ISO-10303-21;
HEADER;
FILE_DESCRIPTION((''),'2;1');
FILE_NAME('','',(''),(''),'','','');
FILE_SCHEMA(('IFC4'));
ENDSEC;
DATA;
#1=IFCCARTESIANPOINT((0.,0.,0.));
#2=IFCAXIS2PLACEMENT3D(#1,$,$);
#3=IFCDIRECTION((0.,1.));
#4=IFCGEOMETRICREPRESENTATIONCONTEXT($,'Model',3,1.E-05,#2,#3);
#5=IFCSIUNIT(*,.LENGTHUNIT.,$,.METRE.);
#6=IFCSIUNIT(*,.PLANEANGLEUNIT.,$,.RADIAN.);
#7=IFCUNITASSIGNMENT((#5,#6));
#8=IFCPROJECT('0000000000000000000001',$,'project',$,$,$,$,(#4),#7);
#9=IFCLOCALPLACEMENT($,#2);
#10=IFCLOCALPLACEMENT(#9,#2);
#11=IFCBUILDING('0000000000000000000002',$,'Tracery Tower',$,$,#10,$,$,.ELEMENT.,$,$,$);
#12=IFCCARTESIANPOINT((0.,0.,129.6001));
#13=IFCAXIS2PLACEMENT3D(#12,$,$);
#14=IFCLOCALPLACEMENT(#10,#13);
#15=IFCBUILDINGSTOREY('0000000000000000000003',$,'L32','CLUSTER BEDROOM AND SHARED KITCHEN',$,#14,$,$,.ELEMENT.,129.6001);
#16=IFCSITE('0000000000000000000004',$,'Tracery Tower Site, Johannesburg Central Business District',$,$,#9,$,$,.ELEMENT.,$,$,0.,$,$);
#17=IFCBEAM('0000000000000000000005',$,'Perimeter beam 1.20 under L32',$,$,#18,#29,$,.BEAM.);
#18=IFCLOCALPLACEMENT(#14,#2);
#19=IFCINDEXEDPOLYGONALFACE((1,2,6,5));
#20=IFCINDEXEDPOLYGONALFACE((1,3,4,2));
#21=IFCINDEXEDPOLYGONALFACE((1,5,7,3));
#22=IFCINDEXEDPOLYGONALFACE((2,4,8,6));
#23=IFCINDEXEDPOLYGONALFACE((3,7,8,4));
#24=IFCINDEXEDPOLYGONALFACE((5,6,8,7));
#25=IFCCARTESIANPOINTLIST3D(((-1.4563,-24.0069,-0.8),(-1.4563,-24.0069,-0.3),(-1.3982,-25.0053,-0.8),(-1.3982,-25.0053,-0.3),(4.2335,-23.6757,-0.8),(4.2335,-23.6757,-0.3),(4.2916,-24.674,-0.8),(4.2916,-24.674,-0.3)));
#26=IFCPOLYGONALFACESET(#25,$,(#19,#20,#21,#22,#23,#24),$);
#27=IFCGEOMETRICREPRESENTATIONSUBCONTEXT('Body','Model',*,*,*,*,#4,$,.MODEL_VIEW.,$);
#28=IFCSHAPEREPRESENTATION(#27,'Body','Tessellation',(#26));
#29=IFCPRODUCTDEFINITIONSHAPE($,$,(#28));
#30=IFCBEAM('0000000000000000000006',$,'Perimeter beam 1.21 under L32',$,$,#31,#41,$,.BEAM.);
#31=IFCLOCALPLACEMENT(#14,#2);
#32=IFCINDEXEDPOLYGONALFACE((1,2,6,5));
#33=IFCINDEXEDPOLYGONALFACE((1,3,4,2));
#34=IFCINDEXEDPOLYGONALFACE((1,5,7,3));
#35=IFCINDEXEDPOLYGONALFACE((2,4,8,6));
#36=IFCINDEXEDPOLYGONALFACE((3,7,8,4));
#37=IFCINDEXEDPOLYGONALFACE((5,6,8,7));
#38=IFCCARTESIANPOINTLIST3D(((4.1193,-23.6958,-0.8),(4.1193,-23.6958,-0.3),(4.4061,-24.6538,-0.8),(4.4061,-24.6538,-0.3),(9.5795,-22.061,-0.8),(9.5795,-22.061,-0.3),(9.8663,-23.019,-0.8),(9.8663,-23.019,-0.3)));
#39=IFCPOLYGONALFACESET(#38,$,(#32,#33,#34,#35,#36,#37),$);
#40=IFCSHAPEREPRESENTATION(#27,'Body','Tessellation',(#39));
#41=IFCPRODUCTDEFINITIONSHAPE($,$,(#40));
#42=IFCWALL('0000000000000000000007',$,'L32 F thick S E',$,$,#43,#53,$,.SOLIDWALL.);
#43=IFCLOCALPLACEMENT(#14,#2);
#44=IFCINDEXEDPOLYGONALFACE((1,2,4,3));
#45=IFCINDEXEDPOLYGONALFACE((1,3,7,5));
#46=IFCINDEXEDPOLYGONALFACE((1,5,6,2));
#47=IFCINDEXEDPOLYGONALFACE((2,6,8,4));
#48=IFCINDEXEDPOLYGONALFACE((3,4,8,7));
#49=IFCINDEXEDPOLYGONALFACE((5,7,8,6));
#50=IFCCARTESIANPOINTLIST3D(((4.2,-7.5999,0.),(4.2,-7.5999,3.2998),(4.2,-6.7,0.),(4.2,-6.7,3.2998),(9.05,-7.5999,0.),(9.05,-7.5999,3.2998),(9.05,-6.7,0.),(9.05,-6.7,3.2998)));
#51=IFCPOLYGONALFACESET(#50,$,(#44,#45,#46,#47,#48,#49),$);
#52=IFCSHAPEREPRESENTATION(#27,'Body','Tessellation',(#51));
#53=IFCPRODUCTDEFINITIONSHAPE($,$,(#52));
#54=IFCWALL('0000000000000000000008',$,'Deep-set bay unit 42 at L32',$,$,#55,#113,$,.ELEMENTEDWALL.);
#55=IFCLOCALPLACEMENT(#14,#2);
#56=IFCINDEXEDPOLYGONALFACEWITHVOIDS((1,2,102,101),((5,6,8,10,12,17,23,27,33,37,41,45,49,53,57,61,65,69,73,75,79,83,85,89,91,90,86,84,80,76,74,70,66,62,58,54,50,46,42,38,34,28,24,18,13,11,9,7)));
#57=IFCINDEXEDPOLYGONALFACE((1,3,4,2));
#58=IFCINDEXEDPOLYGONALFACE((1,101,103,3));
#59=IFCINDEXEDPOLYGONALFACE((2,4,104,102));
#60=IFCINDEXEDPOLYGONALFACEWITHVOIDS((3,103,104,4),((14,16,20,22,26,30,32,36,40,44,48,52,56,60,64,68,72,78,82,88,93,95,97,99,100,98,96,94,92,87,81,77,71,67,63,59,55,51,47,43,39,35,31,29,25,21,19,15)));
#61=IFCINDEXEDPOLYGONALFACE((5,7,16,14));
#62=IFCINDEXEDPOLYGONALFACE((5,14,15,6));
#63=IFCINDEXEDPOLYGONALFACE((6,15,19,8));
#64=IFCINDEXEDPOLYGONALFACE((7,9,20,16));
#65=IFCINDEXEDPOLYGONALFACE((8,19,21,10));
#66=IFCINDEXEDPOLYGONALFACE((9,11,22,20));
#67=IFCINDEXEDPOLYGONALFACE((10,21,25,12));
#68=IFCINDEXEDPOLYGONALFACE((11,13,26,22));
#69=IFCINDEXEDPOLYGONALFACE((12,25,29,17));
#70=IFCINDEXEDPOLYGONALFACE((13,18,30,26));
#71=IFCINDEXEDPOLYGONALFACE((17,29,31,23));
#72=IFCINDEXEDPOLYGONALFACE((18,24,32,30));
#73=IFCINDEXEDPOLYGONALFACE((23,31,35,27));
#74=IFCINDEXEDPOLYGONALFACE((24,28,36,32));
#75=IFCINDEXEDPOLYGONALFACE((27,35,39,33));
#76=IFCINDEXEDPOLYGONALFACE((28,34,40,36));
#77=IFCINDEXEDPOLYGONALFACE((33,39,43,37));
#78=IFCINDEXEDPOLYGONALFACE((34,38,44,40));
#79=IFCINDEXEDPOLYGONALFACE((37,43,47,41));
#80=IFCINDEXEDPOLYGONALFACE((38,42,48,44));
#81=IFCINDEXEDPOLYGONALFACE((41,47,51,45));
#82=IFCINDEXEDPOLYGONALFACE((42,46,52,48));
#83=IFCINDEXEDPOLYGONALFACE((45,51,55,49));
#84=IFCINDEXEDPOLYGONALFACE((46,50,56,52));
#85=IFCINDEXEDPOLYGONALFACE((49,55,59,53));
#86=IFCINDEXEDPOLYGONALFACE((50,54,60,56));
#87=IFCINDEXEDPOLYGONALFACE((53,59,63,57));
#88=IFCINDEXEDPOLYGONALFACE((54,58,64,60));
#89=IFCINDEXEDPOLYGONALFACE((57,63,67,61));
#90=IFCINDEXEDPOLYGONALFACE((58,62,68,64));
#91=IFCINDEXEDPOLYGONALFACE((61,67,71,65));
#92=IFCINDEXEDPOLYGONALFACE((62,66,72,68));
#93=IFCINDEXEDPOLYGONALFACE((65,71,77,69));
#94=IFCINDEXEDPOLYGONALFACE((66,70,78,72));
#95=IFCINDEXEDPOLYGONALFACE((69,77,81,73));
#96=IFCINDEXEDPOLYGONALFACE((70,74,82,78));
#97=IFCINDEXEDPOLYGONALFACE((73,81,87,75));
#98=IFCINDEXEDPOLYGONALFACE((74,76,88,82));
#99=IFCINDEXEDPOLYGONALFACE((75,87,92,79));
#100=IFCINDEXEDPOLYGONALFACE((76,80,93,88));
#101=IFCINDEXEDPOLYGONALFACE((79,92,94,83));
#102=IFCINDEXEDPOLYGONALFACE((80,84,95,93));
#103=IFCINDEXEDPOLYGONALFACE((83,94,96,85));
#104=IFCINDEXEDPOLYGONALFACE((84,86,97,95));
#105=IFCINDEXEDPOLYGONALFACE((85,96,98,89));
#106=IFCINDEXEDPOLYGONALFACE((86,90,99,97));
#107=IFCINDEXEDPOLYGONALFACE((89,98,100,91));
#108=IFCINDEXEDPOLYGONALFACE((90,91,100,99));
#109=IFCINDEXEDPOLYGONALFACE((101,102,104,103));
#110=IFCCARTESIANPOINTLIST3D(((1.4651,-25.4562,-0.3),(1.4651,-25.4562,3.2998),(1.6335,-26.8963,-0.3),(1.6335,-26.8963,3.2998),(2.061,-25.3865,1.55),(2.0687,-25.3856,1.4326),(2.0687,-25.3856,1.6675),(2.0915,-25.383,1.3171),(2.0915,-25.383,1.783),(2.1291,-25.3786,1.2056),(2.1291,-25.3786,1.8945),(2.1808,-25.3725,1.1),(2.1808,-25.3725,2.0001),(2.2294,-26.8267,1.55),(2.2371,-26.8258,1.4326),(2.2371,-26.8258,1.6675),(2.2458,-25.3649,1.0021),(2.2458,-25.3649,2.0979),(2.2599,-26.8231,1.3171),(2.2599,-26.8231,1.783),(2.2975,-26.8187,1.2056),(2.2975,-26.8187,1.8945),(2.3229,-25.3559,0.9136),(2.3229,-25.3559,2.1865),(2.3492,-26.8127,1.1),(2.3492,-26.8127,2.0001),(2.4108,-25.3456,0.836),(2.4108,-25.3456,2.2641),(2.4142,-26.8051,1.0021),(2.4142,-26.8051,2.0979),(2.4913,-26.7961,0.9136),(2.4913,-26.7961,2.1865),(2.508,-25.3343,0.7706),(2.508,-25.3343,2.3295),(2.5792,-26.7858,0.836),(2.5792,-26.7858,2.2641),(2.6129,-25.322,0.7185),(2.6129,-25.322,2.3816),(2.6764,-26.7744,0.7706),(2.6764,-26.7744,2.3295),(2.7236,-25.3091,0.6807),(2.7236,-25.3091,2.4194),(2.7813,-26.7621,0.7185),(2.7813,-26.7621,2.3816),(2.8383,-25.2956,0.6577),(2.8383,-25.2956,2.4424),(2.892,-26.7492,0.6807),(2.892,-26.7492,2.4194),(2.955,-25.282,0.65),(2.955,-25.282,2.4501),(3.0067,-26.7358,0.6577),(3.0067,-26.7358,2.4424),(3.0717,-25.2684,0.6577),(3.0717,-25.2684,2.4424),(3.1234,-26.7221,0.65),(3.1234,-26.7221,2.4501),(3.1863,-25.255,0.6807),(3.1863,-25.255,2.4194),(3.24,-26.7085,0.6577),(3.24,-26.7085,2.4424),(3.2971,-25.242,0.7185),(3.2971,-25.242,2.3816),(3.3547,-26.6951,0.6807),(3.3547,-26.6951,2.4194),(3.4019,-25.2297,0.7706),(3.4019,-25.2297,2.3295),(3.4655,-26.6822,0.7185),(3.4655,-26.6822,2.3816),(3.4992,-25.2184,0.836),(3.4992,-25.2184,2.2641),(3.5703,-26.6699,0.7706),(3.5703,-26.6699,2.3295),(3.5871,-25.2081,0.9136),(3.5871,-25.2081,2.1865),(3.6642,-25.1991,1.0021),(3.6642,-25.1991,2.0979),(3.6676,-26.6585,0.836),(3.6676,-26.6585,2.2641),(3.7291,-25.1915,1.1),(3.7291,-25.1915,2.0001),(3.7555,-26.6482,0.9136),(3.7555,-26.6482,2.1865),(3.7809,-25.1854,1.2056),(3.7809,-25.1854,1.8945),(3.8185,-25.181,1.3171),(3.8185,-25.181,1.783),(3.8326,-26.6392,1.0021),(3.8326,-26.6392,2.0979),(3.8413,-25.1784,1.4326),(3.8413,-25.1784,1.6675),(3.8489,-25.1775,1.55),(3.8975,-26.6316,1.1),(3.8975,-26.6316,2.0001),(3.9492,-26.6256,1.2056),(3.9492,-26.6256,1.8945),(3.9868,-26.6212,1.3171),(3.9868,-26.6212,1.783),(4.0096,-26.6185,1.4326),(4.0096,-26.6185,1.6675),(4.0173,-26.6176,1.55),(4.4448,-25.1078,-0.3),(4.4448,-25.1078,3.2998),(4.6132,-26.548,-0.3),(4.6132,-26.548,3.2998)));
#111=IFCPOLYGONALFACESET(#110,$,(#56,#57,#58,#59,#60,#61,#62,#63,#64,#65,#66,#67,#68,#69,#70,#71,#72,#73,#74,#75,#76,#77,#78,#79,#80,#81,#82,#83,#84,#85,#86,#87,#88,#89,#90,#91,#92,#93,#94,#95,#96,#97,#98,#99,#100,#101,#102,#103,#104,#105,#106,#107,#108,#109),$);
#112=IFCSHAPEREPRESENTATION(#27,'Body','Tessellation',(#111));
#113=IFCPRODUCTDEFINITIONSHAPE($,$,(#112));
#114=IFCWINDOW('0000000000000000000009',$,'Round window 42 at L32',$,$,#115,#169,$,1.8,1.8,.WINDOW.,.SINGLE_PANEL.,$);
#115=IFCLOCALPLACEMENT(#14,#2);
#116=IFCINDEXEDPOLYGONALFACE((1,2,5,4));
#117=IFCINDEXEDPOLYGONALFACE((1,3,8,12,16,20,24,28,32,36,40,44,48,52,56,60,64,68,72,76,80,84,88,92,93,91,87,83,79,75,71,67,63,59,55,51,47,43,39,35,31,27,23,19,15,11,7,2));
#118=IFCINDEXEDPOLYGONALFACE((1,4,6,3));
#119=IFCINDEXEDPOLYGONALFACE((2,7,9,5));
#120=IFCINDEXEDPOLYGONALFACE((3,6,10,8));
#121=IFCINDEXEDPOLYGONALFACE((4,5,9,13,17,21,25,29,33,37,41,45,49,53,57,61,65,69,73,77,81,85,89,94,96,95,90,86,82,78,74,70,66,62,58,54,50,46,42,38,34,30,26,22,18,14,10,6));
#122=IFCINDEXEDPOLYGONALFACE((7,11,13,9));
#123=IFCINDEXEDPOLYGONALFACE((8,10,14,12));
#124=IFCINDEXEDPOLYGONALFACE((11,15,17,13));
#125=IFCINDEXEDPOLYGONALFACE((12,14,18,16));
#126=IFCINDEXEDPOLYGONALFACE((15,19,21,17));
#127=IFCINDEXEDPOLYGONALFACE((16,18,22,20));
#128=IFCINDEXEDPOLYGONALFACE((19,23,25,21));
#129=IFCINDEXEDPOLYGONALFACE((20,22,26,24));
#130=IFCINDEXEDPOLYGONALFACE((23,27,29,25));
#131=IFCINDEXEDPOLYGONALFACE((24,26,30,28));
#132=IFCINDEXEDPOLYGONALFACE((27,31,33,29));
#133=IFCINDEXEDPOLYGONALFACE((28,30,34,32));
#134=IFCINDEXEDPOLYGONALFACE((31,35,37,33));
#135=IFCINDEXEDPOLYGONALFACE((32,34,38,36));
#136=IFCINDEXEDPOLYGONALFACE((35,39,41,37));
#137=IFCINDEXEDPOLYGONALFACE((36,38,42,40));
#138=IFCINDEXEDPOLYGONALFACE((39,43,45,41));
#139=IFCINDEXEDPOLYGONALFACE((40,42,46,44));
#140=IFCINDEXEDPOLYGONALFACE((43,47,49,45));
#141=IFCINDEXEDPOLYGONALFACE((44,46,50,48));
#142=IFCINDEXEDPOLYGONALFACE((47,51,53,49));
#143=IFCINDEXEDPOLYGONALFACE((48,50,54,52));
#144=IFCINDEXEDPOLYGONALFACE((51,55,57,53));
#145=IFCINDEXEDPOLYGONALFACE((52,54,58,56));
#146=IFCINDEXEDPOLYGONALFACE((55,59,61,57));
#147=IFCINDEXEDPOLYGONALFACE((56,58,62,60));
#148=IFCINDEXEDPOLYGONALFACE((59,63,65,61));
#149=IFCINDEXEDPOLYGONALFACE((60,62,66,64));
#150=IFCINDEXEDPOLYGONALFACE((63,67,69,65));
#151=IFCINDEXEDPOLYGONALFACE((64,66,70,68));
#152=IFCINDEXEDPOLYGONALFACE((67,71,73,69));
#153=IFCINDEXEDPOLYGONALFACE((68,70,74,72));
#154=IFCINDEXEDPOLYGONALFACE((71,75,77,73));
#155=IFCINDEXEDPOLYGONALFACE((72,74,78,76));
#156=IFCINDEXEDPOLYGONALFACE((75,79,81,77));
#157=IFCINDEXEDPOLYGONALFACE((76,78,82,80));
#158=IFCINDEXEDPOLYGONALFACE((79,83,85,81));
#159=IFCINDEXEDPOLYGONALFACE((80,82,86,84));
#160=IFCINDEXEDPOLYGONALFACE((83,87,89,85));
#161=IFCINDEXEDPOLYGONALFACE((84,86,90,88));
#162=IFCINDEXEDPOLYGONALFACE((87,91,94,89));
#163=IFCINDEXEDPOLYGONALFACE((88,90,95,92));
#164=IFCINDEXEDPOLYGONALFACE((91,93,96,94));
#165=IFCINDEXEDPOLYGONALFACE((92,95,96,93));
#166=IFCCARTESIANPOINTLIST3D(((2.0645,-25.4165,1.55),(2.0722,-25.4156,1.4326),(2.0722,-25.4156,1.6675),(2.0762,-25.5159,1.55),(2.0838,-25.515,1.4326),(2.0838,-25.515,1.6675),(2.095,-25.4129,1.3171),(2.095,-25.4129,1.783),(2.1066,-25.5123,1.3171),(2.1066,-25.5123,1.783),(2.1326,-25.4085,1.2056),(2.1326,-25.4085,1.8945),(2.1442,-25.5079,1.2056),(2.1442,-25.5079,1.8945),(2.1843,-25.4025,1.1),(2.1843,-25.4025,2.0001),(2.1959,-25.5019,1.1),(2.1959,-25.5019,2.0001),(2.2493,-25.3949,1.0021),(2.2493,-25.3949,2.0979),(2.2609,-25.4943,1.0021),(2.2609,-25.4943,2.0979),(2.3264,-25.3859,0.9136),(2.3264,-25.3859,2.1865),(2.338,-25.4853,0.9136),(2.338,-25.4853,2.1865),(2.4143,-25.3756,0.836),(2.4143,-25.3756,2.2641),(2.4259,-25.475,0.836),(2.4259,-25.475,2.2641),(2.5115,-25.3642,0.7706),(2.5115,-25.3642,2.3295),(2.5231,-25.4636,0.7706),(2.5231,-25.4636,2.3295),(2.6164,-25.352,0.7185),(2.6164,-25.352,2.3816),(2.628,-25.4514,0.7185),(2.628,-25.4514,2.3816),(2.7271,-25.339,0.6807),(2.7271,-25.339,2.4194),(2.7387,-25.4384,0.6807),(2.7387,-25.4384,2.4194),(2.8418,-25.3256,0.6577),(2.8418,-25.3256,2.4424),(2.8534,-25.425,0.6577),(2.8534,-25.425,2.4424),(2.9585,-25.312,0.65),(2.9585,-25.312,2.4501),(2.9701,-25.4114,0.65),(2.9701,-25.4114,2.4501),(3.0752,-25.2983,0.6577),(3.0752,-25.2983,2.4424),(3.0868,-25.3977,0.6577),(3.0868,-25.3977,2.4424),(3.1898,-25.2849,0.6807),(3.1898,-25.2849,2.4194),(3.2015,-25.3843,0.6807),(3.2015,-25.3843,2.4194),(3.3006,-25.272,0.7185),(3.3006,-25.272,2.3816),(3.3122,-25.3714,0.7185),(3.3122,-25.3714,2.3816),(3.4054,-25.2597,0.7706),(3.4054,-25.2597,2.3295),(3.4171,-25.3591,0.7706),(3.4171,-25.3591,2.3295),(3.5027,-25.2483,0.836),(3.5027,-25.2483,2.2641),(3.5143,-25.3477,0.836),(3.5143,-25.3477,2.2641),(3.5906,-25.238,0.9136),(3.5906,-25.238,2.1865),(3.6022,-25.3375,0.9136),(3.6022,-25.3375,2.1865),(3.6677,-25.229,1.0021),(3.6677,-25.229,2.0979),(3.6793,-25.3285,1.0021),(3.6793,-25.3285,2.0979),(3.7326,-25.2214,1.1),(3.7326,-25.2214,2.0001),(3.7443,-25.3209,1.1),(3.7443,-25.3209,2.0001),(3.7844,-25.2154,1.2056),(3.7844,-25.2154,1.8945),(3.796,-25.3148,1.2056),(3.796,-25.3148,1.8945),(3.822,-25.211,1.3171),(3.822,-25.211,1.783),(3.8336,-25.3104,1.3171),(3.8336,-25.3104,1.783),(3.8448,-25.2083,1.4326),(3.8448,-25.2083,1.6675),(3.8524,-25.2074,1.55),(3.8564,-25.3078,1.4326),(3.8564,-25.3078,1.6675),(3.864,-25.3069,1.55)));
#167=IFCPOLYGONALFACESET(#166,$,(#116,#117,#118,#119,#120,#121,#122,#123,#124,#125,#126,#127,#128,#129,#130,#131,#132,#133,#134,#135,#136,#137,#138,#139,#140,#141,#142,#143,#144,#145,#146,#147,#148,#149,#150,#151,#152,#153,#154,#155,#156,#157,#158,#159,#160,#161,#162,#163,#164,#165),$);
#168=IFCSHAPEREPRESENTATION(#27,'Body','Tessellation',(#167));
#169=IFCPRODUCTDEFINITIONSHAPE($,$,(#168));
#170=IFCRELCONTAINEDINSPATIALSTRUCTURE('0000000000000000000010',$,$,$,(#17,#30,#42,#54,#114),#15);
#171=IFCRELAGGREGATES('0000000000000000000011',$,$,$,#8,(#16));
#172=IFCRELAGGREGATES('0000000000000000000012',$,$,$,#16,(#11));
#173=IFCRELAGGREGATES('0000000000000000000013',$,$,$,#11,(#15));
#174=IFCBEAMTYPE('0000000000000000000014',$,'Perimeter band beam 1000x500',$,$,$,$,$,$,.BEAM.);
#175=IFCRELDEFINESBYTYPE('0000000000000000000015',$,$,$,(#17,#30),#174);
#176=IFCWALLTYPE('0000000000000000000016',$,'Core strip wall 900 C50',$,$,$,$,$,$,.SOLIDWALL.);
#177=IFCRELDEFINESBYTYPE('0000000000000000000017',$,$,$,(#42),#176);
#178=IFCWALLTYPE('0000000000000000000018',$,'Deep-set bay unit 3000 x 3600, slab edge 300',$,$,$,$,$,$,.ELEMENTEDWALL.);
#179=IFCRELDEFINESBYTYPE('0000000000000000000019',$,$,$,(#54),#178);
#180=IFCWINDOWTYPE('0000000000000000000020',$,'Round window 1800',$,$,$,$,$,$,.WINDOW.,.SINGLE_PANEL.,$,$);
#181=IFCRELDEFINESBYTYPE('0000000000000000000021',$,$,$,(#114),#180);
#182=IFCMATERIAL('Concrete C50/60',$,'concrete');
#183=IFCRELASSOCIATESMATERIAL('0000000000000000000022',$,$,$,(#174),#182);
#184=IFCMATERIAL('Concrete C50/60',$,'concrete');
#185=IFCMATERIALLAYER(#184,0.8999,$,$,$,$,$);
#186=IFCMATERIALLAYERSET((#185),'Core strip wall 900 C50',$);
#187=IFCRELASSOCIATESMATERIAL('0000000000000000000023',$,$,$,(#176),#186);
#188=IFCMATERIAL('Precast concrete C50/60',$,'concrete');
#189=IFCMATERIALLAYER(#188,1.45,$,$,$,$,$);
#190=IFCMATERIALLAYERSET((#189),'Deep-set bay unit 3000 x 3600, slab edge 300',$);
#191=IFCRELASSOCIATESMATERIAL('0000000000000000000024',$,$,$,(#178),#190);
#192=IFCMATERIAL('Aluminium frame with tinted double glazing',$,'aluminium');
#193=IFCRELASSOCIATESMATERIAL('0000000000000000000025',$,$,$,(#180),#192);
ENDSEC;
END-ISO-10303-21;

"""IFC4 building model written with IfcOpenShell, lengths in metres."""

from ifc_helpers import new_model, si_unit, direction, frame, frame_2d, origin, origin_2d, place, context, subcontext, project, spatial, rectangle, circle, extrude, material, layer, layer_set, material_profile, profile_set, type_object, element, fill, save


model = new_model("IFC4")

# Units and contexts
model_context = context("Model", 3, precision=1e-05, world=origin(), true_north=direction((0.0, 1.0)))
body_context = subcontext(model_context, "Body", "Model", "MODEL_VIEW")
ifc_project = project(units=[si_unit("LENGTHUNIT", "METRE"), si_unit("PLANEANGLEUNIT", "RADIAN")], contexts=[model_context])

# Site, building, storey
site_placement = place(None, origin())
site = spatial("IfcSite", under=ifc_project, at=site_placement, Name="Tracery Tower Site, Johannesburg Central Business District", CompositionType="ELEMENT", RefElevation=0.0)
building_placement = place(site_placement, origin())
building = spatial("IfcBuilding", under=site, at=building_placement, Name="Tracery Tower", CompositionType="ELEMENT")
storey_placement = place(building_placement, frame((0.0, 0.0, 129.6001)))
storey = spatial("IfcBuildingStorey", under=building, at=storey_placement, Name="L32", Description="CLUSTER BEDROOM AND SHARED KITCHEN", CompositionType="ELEMENT", Elevation=129.6001)

# Beams
ifc_material_1 = material(Name="Concrete C50/60", Category="concrete")
ifc_material_profile_1 = material_profile(ifc_material_1, rectangle(XDim=1.0, YDim=0.5, at=origin_2d()), Name="RC 1000x500")
ifc_profile_set_1 = profile_set([ifc_material_profile_1], Name="Concrete C50/60")
beam_type = type_object("IfcBeamType", Name="Perimeter band beam 1000x500", PredefinedType="BEAM", material=ifc_profile_set_1)
beam_1_placement = place(storey_placement, frame((-1.4272, -24.5061, -0.55), z_axis=(0.998309, 0.058127, 0.0), x_axis=(-0.058127, 0.998309, 0.0)))
element("IfcBeam", 1, at=beam_1_placement, inside=storey, type_object=beam_type, Name="Perimeter beam 1.20 under L32", PredefinedType="BEAM", context=body_context, shape_type="SweptSolid", body=[
    extrude(rectangle(XDim=1.0, YDim=0.5, at=origin_2d()), origin(), (0.0, 0.0, 1.0), 5.6995),
])
beam_2_placement = place(storey_placement, frame((4.2627, -24.1748, -0.55), z_axis=(0.957985, 0.286817, 0.0), x_axis=(-0.286817, 0.957985, 0.0)))
element("IfcBeam", 2, at=beam_2_placement, inside=storey, type_object=beam_type, Name="Perimeter beam 1.21 under L32", PredefinedType="BEAM", context=body_context, shape_type="SweptSolid", body=[
    extrude(rectangle(XDim=1.0, YDim=0.5, at=origin_2d()), origin(), (0.0, 0.0, 1.0), 5.6997),
])

# Wall
ifc_material_2 = material(Name="Concrete C50/60", Category="concrete")
ifc_layer_1 = layer(ifc_material_2, 0.8999)
ifc_layer_set_1 = layer_set([ifc_layer_1], Name="Core strip wall 900 C50")
wall_type_1 = type_object("IfcWallType", Name="Core strip wall 900 C50", PredefinedType="SOLIDWALL", material=ifc_layer_set_1)
wall_1_placement = place(storey_placement, frame((4.2, -7.1499, 0.0), z_axis=(0.0, 0.0, 1.0), x_axis=(1.0, 0.0, 0.0)))
element("IfcWall", 3, at=wall_1_placement, inside=storey, type_object=wall_type_1, Name="L32 F thick S E", PredefinedType="SOLIDWALL", context=body_context, shape_type="SweptSolid", body=[
    extrude(rectangle(XDim=4.8501, YDim=0.8999, at=frame_2d((2.425, 0.0))), origin(), (0.0, 0.0, 1.0), 3.2998),
])

# Wall, opening, window
ifc_material_3 = material(Name="Precast concrete C50/60", Category="concrete")
ifc_layer_2 = layer(ifc_material_3, 1.45)
ifc_layer_set_2 = layer_set([ifc_layer_2], Name="Deep-set bay unit 3000 x 3600, slab edge 300")
wall_type_2 = type_object("IfcWallType", Name="Deep-set bay unit 3000 x 3600, slab edge 300", PredefinedType="ELEMENTEDWALL", material=ifc_layer_set_2)
wall_2_placement = place(storey_placement, frame((1.5493, -26.1763, -0.3), z_axis=(0.0, 0.0, 1.0), x_axis=(0.993234, 0.116128, 0.0)))
wall_2 = element("IfcWall", 4, at=wall_2_placement, inside=storey, type_object=wall_type_2, Name="Deep-set bay unit 42 at L32", PredefinedType="ELEMENTEDWALL", context=body_context, shape_type="SweptSolid", body=[
    extrude(rectangle(XDim=3.0, YDim=1.45, at=frame_2d((1.5, 0.0))), origin(), (0.0, 0.0, 1.0), 3.5999),
])
opening_1_placement = place(wall_2_placement, frame((1.5, 0.0, 1.8501)))
opening_1 = element("IfcOpeningElement", 5, at=opening_1_placement, cuts=wall_2, PredefinedType="OPENING", context=body_context, shape_type="SweptSolid", body=[
    extrude(circle(Radius=0.9, at=origin_2d()), frame((0.0, 0.7349, 0.0), z_axis=(0.0, -1.0, 0.0), x_axis=(1.0, 0.0, 0.0)), (0.0, 0.0, 1.0), 1.47),
])
ifc_material_4 = material(Name="Aluminium frame with tinted double glazing", Category="aluminium")
window_type = type_object("IfcWindowType", Name="Round window 1800", PartitioningType="SINGLE_PANEL", PredefinedType="WINDOW", material=ifc_material_4)
window_1_placement = place(opening_1_placement, origin())
window_1 = element("IfcWindow", 6, at=window_1_placement, inside=storey, type_object=window_type, Name="Round window 42 at L32", OverallHeight=1.8, OverallWidth=1.8, PartitioningType="SINGLE_PANEL", PredefinedType="WINDOW", context=body_context, shape_type="SweptSolid", body=[
    extrude(circle(Radius=0.9, at=origin_2d()), frame((0.0, 0.6948, 0.0), z_axis=(0.0, -1.0, 0.0), x_axis=(1.0, 0.0, 0.0)), (0.0, 0.0, 1.0), 0.1001),
])
fill(opening_1, window_1)

save(model, "model.ifc")
